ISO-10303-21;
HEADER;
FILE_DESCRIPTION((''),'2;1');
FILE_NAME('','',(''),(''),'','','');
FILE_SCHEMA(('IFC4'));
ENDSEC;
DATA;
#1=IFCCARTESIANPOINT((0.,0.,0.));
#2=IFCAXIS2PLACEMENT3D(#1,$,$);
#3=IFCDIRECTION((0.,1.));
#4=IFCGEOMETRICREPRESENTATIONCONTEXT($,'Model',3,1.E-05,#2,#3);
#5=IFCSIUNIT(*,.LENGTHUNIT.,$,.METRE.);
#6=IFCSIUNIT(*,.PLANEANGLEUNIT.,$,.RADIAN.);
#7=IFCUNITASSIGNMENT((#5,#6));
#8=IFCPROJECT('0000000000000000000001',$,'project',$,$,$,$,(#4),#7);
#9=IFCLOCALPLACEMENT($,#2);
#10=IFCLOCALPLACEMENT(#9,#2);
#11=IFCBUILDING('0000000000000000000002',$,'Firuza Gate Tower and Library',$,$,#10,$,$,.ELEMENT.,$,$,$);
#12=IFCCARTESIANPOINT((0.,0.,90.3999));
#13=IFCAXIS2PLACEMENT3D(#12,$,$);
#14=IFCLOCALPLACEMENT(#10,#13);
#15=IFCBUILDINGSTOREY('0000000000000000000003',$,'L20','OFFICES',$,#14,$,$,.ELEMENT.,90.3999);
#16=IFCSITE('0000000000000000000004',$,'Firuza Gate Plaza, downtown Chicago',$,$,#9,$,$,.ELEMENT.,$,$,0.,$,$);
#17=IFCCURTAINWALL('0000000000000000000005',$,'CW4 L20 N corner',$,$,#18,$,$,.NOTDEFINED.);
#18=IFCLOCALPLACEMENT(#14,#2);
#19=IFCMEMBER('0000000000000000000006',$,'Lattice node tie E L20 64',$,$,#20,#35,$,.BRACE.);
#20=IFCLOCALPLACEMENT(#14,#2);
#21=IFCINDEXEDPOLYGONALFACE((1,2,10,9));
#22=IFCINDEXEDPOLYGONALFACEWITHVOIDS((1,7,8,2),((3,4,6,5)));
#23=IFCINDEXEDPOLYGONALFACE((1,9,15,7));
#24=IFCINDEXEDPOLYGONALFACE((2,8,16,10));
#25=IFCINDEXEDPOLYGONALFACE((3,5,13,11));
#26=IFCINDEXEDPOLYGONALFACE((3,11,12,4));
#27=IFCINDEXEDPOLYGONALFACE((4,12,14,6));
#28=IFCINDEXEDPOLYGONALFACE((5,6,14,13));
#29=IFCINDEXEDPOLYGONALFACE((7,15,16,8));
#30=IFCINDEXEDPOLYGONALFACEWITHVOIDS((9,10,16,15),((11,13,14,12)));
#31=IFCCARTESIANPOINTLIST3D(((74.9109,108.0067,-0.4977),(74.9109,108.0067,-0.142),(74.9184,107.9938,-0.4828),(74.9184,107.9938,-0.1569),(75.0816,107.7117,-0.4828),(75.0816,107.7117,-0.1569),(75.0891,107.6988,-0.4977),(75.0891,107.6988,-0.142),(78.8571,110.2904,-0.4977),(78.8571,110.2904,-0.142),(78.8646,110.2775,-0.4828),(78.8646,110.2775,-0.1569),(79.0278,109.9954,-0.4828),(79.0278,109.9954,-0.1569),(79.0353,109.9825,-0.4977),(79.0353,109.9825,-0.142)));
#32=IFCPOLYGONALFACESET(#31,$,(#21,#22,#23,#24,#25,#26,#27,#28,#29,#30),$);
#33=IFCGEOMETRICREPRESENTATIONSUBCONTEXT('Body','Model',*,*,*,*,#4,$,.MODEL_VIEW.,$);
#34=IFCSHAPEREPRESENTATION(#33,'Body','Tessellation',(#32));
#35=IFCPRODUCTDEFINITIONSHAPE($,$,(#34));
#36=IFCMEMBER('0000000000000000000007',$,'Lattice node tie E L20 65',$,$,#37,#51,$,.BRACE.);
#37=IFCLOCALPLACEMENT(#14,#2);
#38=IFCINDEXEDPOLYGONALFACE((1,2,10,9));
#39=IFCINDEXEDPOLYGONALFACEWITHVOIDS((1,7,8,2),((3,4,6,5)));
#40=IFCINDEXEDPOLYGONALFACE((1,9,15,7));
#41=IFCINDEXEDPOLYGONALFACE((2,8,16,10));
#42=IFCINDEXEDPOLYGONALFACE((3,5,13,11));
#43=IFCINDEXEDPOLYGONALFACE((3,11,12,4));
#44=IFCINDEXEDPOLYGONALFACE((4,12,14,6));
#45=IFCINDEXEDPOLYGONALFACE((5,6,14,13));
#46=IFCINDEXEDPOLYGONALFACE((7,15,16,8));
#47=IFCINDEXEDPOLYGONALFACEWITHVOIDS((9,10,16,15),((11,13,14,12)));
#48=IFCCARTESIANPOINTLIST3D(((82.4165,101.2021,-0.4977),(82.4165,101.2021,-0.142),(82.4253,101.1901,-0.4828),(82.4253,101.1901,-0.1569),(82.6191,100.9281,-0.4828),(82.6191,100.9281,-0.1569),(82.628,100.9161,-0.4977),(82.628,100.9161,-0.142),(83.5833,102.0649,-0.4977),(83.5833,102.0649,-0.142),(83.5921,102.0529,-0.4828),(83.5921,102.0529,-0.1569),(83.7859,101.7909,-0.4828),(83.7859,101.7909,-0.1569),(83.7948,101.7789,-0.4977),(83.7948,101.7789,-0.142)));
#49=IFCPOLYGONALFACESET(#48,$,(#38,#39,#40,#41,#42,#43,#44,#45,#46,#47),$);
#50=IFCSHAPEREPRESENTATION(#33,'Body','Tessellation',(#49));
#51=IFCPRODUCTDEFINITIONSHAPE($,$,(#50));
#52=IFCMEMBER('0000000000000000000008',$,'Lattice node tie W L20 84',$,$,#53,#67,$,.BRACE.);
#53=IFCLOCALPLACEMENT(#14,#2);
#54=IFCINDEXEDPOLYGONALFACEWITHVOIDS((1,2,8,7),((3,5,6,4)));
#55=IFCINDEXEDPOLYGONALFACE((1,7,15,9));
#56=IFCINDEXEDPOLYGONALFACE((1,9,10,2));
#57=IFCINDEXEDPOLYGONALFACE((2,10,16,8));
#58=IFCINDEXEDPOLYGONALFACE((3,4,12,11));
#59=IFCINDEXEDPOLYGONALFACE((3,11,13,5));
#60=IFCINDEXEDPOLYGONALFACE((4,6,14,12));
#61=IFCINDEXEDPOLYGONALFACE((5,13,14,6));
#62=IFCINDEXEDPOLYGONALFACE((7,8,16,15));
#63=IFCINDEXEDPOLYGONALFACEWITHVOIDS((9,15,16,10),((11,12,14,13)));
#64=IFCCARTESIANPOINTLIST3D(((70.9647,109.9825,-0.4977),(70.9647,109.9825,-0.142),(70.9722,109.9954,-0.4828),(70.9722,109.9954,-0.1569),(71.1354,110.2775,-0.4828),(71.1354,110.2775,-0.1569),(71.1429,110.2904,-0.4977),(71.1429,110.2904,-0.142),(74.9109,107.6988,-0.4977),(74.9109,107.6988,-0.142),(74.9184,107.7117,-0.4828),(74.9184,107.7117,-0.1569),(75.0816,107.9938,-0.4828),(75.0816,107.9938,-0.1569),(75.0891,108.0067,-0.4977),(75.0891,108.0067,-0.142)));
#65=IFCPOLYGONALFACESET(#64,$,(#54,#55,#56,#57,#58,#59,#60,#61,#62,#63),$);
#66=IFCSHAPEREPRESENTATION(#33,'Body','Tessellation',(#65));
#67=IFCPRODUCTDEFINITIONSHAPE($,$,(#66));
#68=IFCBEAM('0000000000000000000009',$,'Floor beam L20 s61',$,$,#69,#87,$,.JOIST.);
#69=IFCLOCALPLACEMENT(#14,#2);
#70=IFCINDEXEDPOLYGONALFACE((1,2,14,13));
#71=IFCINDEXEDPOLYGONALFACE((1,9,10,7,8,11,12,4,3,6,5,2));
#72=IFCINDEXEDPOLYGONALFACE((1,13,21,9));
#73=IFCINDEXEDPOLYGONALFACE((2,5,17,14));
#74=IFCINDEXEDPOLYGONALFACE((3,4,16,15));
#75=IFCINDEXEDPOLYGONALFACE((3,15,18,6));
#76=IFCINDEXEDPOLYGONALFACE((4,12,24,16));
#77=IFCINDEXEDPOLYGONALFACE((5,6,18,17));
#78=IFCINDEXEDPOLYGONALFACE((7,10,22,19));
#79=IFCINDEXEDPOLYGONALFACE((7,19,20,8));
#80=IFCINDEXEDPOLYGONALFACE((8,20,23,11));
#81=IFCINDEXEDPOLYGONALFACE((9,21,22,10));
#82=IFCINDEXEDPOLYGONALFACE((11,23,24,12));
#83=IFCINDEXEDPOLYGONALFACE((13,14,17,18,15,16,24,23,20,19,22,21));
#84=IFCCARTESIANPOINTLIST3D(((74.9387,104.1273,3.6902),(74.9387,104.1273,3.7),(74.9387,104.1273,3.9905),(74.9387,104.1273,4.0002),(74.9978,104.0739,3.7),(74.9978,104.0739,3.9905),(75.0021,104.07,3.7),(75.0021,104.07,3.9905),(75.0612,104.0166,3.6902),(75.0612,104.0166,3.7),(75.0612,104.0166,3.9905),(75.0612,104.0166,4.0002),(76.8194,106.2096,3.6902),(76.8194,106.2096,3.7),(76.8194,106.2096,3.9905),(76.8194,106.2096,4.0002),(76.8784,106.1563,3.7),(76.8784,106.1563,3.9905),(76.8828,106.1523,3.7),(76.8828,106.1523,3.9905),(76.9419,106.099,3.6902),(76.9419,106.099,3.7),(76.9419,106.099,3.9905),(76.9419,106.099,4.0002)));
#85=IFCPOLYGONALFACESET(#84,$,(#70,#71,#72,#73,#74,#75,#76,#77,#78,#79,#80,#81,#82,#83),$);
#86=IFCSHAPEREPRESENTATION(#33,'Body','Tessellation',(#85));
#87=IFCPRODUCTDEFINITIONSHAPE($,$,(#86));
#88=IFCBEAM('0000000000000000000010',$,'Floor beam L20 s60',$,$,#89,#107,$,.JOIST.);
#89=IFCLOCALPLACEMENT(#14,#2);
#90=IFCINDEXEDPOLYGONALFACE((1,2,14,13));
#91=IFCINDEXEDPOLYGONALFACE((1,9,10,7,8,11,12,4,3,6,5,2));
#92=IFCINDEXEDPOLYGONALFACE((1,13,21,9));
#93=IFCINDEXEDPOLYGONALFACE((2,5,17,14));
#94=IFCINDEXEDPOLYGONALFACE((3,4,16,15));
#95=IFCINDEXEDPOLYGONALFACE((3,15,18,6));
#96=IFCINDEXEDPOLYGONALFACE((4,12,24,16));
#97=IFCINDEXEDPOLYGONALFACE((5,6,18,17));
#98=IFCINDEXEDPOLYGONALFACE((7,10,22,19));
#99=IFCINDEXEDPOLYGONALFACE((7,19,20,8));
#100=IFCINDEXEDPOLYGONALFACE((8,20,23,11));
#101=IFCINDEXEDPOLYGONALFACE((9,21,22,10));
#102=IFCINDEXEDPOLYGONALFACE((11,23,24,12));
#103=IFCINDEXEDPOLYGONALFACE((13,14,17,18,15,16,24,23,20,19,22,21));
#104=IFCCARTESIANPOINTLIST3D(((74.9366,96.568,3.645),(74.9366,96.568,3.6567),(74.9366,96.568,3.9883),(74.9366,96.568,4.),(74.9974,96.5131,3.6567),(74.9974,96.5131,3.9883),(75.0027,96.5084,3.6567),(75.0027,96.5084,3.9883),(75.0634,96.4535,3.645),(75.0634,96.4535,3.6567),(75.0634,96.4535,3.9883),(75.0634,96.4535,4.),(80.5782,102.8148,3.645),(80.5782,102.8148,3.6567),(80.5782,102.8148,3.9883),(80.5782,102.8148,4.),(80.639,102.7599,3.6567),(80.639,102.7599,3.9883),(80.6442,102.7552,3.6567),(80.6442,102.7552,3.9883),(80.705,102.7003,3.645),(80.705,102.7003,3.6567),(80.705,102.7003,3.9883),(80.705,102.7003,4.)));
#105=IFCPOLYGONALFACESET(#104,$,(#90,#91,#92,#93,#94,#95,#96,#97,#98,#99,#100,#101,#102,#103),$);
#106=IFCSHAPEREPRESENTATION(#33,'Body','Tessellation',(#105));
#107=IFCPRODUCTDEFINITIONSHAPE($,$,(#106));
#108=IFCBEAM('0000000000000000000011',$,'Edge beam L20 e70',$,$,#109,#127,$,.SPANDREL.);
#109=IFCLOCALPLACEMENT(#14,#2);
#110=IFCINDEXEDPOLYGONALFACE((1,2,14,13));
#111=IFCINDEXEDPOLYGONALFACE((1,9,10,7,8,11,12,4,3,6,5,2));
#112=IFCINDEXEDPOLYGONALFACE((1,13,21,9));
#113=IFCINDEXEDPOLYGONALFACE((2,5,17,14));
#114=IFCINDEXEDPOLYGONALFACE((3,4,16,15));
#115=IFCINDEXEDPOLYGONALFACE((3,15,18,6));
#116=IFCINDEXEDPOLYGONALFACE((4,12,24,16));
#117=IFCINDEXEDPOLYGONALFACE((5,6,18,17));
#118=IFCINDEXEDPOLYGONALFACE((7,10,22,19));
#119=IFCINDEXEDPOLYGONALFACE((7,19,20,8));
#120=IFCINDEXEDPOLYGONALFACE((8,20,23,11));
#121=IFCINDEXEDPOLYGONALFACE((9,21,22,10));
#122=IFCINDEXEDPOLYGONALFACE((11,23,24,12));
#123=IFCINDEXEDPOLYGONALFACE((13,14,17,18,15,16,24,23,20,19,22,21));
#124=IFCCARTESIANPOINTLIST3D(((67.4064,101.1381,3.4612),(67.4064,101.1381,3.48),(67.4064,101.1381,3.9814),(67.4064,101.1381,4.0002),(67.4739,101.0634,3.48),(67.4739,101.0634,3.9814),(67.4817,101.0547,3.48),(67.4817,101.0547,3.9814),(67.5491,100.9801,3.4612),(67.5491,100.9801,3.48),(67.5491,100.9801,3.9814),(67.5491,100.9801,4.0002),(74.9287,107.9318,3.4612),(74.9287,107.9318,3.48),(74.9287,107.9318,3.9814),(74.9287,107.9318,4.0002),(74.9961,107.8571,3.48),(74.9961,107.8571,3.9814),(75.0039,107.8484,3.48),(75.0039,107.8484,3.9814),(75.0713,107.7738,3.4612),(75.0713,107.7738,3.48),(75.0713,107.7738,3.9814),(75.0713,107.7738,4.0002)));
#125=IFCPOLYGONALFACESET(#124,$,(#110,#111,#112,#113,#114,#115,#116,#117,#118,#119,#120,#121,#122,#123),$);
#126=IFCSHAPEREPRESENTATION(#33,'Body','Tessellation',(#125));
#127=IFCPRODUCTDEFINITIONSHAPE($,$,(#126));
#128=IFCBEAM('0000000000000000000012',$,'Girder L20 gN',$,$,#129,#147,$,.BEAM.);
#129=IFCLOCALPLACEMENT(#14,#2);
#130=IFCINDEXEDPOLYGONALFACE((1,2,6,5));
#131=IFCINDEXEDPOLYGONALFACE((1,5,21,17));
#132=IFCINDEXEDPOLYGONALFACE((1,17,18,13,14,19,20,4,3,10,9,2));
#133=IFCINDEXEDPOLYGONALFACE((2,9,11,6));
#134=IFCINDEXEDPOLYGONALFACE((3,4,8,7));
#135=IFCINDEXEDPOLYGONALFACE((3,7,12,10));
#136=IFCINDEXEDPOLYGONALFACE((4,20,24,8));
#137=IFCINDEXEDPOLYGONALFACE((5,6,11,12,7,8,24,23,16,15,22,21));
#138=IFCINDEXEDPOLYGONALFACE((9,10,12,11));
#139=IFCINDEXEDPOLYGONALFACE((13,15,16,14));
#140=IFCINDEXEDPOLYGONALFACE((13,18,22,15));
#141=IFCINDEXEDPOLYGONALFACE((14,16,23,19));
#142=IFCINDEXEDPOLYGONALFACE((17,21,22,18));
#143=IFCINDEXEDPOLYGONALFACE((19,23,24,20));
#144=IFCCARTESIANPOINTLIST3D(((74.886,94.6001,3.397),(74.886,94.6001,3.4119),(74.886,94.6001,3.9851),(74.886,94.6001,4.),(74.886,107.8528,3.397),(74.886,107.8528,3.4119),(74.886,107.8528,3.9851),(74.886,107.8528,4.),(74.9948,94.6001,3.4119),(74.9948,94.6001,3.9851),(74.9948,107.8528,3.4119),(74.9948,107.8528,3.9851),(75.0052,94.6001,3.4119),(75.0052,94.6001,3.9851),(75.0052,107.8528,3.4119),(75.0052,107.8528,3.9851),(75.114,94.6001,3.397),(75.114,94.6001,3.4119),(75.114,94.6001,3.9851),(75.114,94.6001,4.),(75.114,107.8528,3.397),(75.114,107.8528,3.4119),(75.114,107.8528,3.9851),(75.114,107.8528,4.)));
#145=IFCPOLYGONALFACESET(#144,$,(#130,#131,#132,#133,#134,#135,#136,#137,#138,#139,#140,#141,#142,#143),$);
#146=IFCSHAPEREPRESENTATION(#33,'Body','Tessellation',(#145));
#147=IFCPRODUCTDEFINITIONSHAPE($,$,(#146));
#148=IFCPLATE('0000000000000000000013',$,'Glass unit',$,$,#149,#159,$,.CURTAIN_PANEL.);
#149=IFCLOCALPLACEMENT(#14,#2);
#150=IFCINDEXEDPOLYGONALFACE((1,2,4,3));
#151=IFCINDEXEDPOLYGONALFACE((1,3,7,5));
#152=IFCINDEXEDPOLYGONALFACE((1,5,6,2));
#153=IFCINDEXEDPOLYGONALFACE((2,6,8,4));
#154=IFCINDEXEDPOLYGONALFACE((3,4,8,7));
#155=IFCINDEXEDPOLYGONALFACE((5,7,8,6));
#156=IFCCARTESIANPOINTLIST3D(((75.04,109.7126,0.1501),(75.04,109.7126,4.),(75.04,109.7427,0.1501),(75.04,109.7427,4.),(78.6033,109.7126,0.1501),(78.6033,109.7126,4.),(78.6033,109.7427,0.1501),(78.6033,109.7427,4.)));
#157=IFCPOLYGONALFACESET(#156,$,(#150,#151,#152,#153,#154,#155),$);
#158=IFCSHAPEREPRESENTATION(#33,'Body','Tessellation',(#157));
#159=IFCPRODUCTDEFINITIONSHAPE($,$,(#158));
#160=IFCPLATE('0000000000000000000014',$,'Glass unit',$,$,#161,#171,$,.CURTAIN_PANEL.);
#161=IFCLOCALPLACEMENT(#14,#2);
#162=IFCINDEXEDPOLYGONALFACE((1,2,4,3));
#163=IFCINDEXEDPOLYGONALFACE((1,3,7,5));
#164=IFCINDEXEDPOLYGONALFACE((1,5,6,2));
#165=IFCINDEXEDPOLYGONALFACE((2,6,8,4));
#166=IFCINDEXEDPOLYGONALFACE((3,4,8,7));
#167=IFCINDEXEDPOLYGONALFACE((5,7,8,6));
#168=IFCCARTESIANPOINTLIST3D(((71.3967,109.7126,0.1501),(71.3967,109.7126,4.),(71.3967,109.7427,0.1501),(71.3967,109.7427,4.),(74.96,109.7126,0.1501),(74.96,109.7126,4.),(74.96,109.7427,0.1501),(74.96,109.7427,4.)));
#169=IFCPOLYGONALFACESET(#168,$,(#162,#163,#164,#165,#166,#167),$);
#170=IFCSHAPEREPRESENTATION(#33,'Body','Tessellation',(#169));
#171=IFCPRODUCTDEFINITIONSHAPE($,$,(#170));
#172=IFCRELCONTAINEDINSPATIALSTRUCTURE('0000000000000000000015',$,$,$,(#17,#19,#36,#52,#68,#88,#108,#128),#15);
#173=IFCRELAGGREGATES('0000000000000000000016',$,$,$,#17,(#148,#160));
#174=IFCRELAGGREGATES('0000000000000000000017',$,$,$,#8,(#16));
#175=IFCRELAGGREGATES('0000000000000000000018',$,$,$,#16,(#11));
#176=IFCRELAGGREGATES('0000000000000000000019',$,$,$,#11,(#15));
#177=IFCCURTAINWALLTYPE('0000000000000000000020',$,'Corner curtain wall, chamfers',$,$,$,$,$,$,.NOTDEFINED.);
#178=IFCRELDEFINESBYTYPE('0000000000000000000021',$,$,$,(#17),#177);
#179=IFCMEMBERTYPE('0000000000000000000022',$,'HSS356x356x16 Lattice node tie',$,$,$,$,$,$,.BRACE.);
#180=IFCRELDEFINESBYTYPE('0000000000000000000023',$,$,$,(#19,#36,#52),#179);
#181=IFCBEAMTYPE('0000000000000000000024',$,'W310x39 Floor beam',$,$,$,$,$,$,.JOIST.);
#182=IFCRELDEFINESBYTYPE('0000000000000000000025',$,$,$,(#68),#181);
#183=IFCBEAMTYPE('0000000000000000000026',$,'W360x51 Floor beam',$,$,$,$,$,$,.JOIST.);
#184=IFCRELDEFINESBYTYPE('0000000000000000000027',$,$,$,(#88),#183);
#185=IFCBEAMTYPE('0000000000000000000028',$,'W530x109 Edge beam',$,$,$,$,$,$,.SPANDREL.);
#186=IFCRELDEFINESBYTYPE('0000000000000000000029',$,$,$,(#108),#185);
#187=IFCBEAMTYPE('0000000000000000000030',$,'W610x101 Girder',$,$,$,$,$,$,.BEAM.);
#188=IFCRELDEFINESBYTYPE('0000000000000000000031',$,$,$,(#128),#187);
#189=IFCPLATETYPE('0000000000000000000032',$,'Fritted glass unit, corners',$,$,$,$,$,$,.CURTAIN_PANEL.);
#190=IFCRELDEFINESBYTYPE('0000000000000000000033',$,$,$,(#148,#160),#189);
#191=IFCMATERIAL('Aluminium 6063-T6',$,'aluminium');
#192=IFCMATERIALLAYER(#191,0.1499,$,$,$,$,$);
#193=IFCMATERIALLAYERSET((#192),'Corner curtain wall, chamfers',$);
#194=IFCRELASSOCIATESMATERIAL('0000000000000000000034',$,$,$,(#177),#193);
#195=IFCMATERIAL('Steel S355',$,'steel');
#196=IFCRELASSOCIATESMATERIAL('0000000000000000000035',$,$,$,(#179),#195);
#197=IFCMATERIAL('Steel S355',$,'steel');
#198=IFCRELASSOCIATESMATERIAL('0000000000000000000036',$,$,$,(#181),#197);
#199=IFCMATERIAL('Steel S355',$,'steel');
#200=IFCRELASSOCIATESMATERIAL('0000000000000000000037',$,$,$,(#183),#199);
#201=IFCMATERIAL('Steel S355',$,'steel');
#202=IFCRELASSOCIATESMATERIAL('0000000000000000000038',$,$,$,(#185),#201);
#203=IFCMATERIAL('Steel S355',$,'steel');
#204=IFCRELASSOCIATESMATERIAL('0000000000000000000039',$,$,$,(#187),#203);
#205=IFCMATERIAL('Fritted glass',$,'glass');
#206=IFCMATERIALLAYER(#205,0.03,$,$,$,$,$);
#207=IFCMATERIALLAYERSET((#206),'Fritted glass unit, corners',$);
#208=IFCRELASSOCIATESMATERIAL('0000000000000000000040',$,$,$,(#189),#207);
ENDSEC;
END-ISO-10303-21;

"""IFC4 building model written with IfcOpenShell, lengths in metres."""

from ifc_helpers import new_model, si_unit, direction, frame, origin, origin_2d, place, context, subcontext, project, spatial, polyline, hollow_rectangle, i_section, outline, extrude, material, layer, layer_set, material_profile, profile_set, type_object, element, aggregate, save


model = new_model("IFC4")

# Units and contexts
model_context = context("Model", 3, precision=1e-05, world=origin(), true_north=direction((0.0, 1.0)))
body_context = subcontext(model_context, "Body", "Model", "MODEL_VIEW")
ifc_project = project(units=[si_unit("LENGTHUNIT", "METRE"), si_unit("PLANEANGLEUNIT", "RADIAN")], contexts=[model_context])

# Site, building, storey
site_placement = place(None, origin())
site = spatial("IfcSite", under=ifc_project, at=site_placement, Name="Firuza Gate Plaza, downtown Chicago", CompositionType="ELEMENT", RefElevation=0.0)
building_placement = place(site_placement, origin())
building = spatial("IfcBuilding", under=site, at=building_placement, Name="Firuza Gate Tower and Library", CompositionType="ELEMENT")
storey_placement = place(building_placement, frame((0.0, 0.0, 90.3999)))
storey = spatial("IfcBuildingStorey", under=building, at=storey_placement, Name="L20", Description="OFFICES", CompositionType="ELEMENT", Elevation=90.3999)

# Curtain wall
placement = place(storey_placement, origin())
ifc_material_1 = material(Name="Aluminium 6063-T6", Category="aluminium")
ifc_layer_1 = layer(ifc_material_1, 0.1499)
ifc_layer_set_1 = layer_set([ifc_layer_1], Name="Corner curtain wall, chamfers")
curtain_wall_type_1 = type_object("IfcCurtainWallType", Name="Corner curtain wall, chamfers", PredefinedType="NOTDEFINED", material=ifc_layer_set_1)
curtain_wall_1 = element("IfcCurtainWall", 1, at=placement, inside=storey, type_object=curtain_wall_type_1, Name="CW4 L20 N corner", PredefinedType="NOTDEFINED")

# Members
ifc_material_2 = material(Name="Steel S355", Category="steel")
ifc_material_profile_1 = material_profile(ifc_material_2, hollow_rectangle(XDim=0.3557, YDim=0.3557, WallThickness=0.0149, at=origin_2d()))
ifc_profile_set_1 = profile_set([ifc_material_profile_1], Name="Steel S355")
member_type_1 = type_object("IfcMemberType", Name="HSS356x356x16 Lattice node tie", PredefinedType="BRACE", material=ifc_profile_set_1)
member_1_placement = place(storey_placement, frame((75.0, 107.8528, -0.3198), z_axis=(0.865522, 0.500872, 0.0), x_axis=(-0.500872, 0.865522, 0.0)))
element("IfcMember", 2, at=member_1_placement, inside=storey, type_object=member_type_1, Name="Lattice node tie E L20 64", PredefinedType="BRACE", context=body_context, shape_type="SweptSolid", body=[
    extrude(hollow_rectangle(XDim=0.3557, YDim=0.3557, WallThickness=0.0149, at=origin_2d()), origin(), (0.0, 0.0, 1.0), 4.5593),
])
member_2_placement = place(storey_placement, frame((82.5222, 101.0591, -0.3198), z_axis=(0.80404, 0.594576, 0.0), x_axis=(-0.594576, 0.80404, 0.0)))
element("IfcMember", 3, at=member_2_placement, inside=storey, type_object=member_type_1, Name="Lattice node tie E L20 65", PredefinedType="BRACE", context=body_context, shape_type="SweptSolid", body=[
    extrude(hollow_rectangle(XDim=0.3557, YDim=0.3557, WallThickness=0.0149, at=origin_2d()), origin(), (0.0, 0.0, 1.0), 1.4512),
])
member_3_placement = place(storey_placement, frame((75.0, 107.8528, -0.3198), z_axis=(-0.865522, 0.500872, 0.0), x_axis=(-0.500872, -0.865522, 0.0)))
element("IfcMember", 4, at=member_3_placement, inside=storey, type_object=member_type_1, Name="Lattice node tie W L20 84", PredefinedType="BRACE", context=body_context, shape_type="SweptSolid", body=[
    extrude(hollow_rectangle(XDim=0.3557, YDim=0.3557, WallThickness=0.0149, at=origin_2d()), origin(), (0.0, 0.0, 1.0), 4.5593),
])

# Beams
ifc_material_3 = material(Name="Steel S355", Category="steel")
ifc_material_profile_2 = material_profile(ifc_material_3, i_section(OverallWidth=0.165, OverallDepth=0.3101, WebThickness=0.0059, FlangeThickness=0.0098, at=origin_2d()))
ifc_profile_set_2 = profile_set([ifc_material_profile_2], Name="Steel S355")
beam_type_1 = type_object("IfcBeamType", Name="W310x39 Floor beam", PredefinedType="JOIST", material=ifc_profile_set_2)
beam_1_placement = place(storey_placement, frame((76.8806, 106.1543, 3.8452), z_axis=(-0.670257, -0.742129, 0.0), x_axis=(0.742129, -0.670257, 0.0)))
element("IfcBeam", 5, at=beam_1_placement, inside=storey, type_object=beam_type_1, Name="Floor beam L20 s61", PredefinedType="JOIST", context=body_context, shape_type="SweptSolid", body=[
    extrude(i_section(OverallWidth=0.165, OverallDepth=0.3101, WebThickness=0.0059, FlangeThickness=0.0098, at=origin_2d()), origin(), (0.0, 0.0, 1.0), 2.8059),
])
ifc_material_4 = material(Name="Steel S355", Category="steel")
ifc_material_profile_3 = material_profile(ifc_material_4, i_section(OverallWidth=0.1709, OverallDepth=0.355, WebThickness=0.0071, FlangeThickness=0.0117, at=origin_2d()))
ifc_profile_set_3 = profile_set([ifc_material_profile_3], Name="Steel S355")
beam_type_2 = type_object("IfcBeamType", Name="W360x51 Floor beam", PredefinedType="JOIST", material=ifc_profile_set_3)
beam_2_placement = place(storey_placement, frame((80.6416, 102.7576, 3.8225), z_axis=(-0.670241, -0.742144, 0.0), x_axis=(0.742144, -0.670241, 0.0)))
element("IfcBeam", 6, at=beam_2_placement, inside=storey, type_object=beam_type_2, Name="Floor beam L20 s60", PredefinedType="JOIST", context=body_context, shape_type="SweptSolid", body=[
    extrude(i_section(OverallWidth=0.1709, OverallDepth=0.355, WebThickness=0.0071, FlangeThickness=0.0117, at=origin_2d()), origin(), (0.0, 0.0, 1.0), 8.4172),
])
ifc_material_5 = material(Name="Steel S355", Category="steel")
ifc_material_profile_4 = material_profile(ifc_material_5, i_section(OverallWidth=0.2129, OverallDepth=0.5391, WebThickness=0.0117, FlangeThickness=0.0188, at=origin_2d()))
ifc_profile_set_4 = profile_set([ifc_material_profile_4], Name="Steel S355")
beam_type_3 = type_object("IfcBeamType", Name="W530x109 Edge beam", PredefinedType="SPANDREL", material=ifc_profile_set_4)
beam_3_placement = place(storey_placement, frame((75.0, 107.8528, 3.7307), z_axis=(-0.74213, -0.670256, 0.0), x_axis=(0.670256, -0.74213, 0.0)))
element("IfcBeam", 7, at=beam_3_placement, inside=storey, type_object=beam_type_3, Name="Edge beam L20 e70", PredefinedType="SPANDREL", context=body_context, shape_type="SweptSolid", body=[
    extrude(i_section(OverallWidth=0.2129, OverallDepth=0.5391, WebThickness=0.0117, FlangeThickness=0.0188, at=origin_2d()), origin(), (0.0, 0.0, 1.0), 10.136),
])
ifc_material_6 = material(Name="Steel S355", Category="steel")
ifc_material_profile_5 = material_profile(ifc_material_6, i_section(OverallWidth=0.228, OverallDepth=0.603, WebThickness=0.0105, FlangeThickness=0.0149, at=origin_2d()))
ifc_profile_set_5 = profile_set([ifc_material_profile_5], Name="Steel S355")
beam_type_4 = type_object("IfcBeamType", Name="W610x101 Girder", PredefinedType="BEAM", material=ifc_profile_set_5)
beam_4_placement = place(storey_placement, frame((75.0, 107.8528, 3.6985), z_axis=(0.0, -1.0, 0.0), x_axis=(1.0, 0.0, 0.0)))
element("IfcBeam", 8, at=beam_4_placement, inside=storey, type_object=beam_type_4, Name="Girder L20 gN", PredefinedType="BEAM", context=body_context, shape_type="SweptSolid", body=[
    extrude(i_section(OverallWidth=0.228, OverallDepth=0.603, WebThickness=0.0105, FlangeThickness=0.0149, at=origin_2d()), origin(), (0.0, 0.0, 1.0), 13.2527),
])

# Plates
ifc_material_7 = material(Name="Fritted glass", Category="glass")
ifc_layer_2 = layer(ifc_material_7, 0.03)
ifc_layer_set_2 = layer_set([ifc_layer_2], Name="Fritted glass unit, corners")
plate_type_1 = type_object("IfcPlateType", Name="Fritted glass unit, corners", PredefinedType="CURTAIN_PANEL", material=ifc_layer_set_2)
plate_1_placement = place(storey_placement, frame((78.6033, 109.7427, 0.1501), z_axis=(0.0, 1.0, 0.0), x_axis=(-1.0, 0.0, 0.0)))
plate_1 = element("IfcPlate", 9, at=plate_1_placement, type_object=plate_type_1, Name="Glass unit", PredefinedType="CURTAIN_PANEL", context=body_context, shape_type="SweptSolid", body=[
    extrude(outline(polyline([(0.0, 0.0), (3.5632, 0.0), (3.5632, 3.8499), (0.0, 3.8499), (0.0, 0.0)])), origin(), (0.0, 0.0, -1.0), 0.03),
])
plate_2_placement = place(storey_placement, frame((74.96, 109.7427, 0.1501), z_axis=(0.0, 1.0, 0.0), x_axis=(-1.0, 0.0, 0.0)))
plate_2 = element("IfcPlate", 10, at=plate_2_placement, type_object=plate_type_1, Name="Glass unit", PredefinedType="CURTAIN_PANEL", context=body_context, shape_type="SweptSolid", body=[
    extrude(outline(polyline([(0.0, 0.0), (3.5632, 0.0), (3.5632, 3.8499), (0.0, 3.8499), (0.0, 0.0)])), origin(), (0.0, 0.0, -1.0), 0.03),
])
aggregate(curtain_wall_1, [plate_1, plate_2])

save(model, "model.ifc")
